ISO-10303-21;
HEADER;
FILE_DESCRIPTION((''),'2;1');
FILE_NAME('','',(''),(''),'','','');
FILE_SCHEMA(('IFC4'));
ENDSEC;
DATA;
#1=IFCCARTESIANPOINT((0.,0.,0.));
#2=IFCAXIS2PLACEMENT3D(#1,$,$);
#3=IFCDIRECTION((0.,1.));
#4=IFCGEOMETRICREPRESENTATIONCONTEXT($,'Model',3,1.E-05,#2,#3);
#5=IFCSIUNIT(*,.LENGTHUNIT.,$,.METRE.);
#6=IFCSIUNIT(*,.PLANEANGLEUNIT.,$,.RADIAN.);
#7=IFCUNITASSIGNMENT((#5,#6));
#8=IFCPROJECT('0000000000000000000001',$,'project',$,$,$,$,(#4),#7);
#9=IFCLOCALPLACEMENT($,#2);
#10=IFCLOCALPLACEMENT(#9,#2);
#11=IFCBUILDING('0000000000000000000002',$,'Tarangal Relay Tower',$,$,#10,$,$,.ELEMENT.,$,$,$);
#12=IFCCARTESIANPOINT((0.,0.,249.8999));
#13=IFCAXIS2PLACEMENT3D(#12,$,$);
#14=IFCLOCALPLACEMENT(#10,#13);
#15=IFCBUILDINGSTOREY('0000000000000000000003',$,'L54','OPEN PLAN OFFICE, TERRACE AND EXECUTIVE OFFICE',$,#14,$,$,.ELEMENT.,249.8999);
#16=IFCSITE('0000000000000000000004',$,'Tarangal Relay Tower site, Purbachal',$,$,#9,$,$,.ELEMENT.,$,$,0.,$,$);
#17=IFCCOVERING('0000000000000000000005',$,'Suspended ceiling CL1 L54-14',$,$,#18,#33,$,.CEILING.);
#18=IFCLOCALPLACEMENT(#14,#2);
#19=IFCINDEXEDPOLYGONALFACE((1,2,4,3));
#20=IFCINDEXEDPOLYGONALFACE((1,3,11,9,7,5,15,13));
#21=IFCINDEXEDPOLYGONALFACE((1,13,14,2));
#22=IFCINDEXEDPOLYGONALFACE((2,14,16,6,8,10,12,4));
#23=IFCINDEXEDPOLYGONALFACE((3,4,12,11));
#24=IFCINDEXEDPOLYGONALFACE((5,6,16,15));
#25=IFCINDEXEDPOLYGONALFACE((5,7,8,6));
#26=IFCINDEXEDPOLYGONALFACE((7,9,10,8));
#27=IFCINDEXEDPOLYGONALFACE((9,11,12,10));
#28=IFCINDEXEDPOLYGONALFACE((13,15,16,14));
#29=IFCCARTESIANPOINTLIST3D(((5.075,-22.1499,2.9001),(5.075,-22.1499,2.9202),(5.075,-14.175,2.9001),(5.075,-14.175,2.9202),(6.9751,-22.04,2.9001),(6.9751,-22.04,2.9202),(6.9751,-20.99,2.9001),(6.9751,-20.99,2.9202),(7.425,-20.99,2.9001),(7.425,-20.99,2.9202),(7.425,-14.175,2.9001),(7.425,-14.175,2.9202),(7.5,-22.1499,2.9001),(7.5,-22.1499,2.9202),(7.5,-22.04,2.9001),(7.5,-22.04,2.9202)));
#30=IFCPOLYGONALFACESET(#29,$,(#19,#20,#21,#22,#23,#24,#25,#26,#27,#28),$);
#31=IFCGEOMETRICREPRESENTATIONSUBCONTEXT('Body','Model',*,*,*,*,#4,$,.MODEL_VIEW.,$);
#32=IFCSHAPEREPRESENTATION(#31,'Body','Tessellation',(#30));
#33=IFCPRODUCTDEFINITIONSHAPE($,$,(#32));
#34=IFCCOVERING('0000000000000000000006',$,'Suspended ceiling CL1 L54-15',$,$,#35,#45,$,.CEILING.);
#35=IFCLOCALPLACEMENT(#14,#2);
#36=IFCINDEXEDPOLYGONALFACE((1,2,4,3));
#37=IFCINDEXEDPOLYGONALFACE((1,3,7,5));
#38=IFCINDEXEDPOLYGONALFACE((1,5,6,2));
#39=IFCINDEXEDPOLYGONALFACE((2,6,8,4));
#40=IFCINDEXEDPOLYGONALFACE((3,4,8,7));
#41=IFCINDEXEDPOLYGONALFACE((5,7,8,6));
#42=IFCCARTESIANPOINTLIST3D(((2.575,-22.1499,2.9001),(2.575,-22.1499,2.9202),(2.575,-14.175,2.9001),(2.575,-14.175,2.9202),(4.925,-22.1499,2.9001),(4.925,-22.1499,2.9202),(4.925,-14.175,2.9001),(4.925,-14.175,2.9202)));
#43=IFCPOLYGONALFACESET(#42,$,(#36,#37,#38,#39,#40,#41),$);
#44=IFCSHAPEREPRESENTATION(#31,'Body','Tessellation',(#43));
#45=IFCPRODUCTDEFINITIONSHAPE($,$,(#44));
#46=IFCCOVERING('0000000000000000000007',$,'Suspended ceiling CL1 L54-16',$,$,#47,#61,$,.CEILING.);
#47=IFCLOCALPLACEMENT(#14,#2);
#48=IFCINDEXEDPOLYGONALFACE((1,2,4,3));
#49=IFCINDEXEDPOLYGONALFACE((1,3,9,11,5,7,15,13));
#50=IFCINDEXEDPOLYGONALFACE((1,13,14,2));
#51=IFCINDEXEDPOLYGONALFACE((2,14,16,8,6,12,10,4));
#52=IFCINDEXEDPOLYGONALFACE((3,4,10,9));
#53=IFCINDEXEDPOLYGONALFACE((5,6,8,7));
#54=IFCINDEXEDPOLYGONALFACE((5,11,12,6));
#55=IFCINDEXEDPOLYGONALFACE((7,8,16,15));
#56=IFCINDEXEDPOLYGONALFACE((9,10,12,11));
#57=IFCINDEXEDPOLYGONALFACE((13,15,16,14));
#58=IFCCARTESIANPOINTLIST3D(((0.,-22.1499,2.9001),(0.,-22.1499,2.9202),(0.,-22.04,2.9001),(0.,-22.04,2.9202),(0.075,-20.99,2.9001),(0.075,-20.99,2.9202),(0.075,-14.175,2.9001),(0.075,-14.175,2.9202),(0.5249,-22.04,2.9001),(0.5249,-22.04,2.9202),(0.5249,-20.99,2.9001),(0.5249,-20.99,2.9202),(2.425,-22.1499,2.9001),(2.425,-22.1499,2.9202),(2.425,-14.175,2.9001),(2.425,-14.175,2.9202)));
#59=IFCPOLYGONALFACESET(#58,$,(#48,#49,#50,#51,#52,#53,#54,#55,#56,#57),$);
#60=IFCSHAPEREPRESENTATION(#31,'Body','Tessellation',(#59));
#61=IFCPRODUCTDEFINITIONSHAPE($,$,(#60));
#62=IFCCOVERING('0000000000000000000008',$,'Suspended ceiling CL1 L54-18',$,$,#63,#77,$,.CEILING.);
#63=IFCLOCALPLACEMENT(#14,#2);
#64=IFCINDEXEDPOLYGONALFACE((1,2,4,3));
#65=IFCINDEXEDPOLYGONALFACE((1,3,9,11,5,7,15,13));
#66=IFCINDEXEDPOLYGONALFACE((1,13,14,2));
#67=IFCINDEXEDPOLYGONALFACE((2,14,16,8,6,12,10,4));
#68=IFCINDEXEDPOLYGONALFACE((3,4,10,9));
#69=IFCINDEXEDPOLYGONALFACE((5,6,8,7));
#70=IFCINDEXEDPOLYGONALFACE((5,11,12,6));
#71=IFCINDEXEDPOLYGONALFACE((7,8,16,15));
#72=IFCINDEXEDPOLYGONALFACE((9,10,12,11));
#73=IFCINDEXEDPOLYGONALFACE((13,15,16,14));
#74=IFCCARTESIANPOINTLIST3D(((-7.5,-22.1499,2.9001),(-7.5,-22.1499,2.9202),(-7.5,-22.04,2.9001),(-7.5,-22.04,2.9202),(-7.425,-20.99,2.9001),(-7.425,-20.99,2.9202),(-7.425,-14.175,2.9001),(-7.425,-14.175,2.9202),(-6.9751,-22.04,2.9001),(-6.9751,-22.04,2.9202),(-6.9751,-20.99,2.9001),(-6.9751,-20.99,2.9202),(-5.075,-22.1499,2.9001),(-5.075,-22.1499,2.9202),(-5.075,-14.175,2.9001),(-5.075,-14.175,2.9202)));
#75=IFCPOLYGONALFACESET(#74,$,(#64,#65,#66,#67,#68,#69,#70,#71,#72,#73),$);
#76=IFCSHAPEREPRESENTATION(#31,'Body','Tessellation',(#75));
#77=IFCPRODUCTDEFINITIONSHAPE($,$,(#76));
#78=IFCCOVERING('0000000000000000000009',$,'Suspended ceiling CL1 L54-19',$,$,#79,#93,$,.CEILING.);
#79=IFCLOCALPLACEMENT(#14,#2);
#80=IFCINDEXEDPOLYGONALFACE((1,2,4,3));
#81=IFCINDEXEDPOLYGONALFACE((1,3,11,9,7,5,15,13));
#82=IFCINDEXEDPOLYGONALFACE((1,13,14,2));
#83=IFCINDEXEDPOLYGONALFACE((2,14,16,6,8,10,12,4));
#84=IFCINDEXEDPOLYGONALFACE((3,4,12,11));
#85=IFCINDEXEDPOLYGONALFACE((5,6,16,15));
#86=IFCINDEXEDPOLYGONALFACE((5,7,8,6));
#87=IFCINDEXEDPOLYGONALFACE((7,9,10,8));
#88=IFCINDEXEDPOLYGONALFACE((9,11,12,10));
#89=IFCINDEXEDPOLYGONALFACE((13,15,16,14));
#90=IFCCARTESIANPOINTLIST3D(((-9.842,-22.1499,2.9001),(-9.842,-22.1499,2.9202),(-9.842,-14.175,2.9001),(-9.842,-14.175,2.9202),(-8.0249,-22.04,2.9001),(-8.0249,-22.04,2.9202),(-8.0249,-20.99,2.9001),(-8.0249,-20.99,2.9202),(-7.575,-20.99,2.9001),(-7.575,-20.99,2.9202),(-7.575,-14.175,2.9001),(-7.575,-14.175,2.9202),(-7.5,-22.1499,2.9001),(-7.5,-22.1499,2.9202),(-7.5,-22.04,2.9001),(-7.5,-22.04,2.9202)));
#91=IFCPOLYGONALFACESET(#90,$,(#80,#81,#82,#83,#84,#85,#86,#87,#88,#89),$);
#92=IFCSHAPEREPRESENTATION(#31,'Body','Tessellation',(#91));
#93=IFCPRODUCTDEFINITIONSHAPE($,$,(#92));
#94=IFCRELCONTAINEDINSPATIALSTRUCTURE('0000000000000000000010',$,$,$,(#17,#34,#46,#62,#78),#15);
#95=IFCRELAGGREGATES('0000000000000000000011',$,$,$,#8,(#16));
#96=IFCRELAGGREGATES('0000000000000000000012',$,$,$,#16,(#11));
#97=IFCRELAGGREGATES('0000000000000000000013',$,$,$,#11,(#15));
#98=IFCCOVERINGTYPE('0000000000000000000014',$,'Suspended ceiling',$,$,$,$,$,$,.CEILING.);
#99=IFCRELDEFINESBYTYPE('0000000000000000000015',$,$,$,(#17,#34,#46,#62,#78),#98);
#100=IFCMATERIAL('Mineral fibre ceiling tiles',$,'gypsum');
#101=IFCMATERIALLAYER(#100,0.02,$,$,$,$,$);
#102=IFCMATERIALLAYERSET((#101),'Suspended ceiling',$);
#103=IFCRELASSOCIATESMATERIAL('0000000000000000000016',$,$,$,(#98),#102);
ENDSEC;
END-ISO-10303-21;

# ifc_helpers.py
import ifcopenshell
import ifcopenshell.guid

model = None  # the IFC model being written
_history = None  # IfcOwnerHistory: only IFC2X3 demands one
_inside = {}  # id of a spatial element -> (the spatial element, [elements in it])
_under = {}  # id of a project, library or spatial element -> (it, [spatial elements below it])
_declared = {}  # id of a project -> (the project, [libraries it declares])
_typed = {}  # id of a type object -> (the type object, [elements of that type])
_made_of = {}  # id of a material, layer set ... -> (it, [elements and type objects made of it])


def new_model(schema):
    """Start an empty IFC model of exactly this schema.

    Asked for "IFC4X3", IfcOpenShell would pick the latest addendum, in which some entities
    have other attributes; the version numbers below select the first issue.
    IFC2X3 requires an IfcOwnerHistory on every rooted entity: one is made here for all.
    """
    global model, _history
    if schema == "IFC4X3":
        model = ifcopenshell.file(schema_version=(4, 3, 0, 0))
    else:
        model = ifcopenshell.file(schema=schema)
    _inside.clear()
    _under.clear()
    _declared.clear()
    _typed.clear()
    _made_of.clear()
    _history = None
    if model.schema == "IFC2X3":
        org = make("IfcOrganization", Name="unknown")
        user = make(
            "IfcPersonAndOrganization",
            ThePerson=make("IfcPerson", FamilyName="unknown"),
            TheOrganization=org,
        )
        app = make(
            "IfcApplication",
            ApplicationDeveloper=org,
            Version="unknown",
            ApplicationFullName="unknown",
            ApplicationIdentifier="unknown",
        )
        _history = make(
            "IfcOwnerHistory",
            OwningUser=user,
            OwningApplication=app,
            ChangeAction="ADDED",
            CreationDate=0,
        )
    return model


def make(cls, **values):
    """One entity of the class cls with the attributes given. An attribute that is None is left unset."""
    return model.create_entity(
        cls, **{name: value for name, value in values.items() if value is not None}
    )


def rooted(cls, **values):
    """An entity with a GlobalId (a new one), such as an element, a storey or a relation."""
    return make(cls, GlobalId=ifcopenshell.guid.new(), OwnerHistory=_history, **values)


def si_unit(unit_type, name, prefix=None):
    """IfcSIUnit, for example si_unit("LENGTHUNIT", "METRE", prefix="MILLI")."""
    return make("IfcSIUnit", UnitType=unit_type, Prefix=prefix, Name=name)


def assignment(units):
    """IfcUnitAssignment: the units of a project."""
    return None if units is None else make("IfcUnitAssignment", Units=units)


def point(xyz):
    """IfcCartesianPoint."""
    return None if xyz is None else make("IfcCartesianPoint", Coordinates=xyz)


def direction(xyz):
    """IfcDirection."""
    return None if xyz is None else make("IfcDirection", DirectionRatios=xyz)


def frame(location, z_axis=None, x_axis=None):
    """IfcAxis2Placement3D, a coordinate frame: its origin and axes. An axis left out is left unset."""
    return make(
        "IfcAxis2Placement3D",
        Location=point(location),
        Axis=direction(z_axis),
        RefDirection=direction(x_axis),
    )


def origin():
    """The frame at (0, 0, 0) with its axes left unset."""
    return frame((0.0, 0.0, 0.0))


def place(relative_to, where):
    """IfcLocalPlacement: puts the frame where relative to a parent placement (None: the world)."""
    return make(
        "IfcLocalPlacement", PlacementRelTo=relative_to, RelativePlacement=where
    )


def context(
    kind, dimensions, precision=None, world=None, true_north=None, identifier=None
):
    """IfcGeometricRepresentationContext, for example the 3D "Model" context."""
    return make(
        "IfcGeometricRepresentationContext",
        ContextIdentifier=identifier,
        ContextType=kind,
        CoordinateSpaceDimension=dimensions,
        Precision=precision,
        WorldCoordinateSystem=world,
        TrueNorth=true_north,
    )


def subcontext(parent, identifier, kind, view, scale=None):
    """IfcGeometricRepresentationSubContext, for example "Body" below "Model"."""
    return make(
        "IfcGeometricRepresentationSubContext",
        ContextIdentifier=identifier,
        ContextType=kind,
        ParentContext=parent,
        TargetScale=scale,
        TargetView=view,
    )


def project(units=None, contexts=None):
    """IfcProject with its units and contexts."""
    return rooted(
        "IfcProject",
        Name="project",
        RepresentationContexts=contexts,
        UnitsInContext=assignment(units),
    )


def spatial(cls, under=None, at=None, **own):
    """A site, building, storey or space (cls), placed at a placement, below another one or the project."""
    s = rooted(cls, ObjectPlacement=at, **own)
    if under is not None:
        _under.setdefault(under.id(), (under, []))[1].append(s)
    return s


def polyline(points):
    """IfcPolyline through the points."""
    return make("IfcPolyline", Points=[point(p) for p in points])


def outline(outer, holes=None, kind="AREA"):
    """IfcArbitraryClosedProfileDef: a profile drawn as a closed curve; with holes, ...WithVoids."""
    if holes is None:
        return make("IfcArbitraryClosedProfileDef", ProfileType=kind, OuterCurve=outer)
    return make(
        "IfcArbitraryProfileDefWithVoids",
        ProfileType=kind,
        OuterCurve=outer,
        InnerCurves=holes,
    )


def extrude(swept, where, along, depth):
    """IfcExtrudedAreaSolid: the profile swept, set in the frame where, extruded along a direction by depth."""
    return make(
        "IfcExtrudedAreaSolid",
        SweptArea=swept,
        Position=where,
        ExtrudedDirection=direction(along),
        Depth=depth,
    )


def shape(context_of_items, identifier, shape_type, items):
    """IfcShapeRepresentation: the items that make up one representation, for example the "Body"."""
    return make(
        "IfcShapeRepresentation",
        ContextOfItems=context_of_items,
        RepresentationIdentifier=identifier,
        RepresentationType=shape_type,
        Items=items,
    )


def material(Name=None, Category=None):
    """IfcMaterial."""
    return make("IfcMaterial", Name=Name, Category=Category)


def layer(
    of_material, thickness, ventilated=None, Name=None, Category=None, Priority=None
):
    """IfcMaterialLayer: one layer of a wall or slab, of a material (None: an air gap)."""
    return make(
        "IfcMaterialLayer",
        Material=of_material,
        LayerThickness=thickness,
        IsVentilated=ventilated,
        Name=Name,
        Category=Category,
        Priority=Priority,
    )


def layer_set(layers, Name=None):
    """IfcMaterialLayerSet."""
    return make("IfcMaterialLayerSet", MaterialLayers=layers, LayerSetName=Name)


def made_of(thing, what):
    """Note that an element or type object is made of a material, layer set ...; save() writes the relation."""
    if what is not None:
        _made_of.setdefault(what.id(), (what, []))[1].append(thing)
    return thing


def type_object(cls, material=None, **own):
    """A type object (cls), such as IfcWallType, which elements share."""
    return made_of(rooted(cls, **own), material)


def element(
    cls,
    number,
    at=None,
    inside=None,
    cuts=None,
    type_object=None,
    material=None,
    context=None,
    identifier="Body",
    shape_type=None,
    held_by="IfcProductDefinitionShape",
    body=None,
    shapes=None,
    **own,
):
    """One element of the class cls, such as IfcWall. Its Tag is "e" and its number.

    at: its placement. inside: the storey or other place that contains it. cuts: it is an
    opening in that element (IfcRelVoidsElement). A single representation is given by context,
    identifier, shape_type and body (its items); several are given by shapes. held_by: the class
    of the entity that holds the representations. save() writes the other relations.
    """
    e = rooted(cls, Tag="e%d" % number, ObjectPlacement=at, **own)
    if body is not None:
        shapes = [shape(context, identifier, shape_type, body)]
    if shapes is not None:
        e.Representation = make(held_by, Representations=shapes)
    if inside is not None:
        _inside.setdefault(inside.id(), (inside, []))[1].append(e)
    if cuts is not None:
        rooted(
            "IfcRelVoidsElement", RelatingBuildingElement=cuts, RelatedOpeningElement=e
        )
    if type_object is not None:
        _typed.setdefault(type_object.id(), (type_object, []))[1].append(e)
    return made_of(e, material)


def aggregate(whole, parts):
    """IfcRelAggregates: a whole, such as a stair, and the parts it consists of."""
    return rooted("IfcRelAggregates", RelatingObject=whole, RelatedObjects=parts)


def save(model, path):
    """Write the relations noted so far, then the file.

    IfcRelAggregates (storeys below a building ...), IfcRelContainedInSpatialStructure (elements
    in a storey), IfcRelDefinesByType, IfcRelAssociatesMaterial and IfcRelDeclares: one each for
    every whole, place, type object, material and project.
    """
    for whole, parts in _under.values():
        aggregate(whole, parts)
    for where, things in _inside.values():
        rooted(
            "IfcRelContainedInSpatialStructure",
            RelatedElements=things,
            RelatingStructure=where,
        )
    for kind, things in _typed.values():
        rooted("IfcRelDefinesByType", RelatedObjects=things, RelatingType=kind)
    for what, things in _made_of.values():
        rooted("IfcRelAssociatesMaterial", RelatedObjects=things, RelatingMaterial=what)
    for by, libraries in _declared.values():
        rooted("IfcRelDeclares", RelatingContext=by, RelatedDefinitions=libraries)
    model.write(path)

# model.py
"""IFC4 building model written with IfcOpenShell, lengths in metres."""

from ifc_helpers import new_model, si_unit, direction, frame, origin, place, context, subcontext, project, spatial, polyline, outline, extrude, material, layer, layer_set, type_object, element, save


model = new_model("IFC4")

# Units and contexts
model_context = context("Model", 3, precision=1e-05, world=origin(), true_north=direction((0.0, 1.0)))
body_context = subcontext(model_context, "Body", "Model", "MODEL_VIEW")
ifc_project = project(units=[si_unit("LENGTHUNIT", "METRE"), si_unit("PLANEANGLEUNIT", "RADIAN")], contexts=[model_context])

# Site, building, storey
site_placement = place(None, origin())
site = spatial("IfcSite", under=ifc_project, at=site_placement, Name="Tarangal Relay Tower site, Purbachal", CompositionType="ELEMENT", RefElevation=0.0)
building_placement = place(site_placement, origin())
building = spatial("IfcBuilding", under=site, at=building_placement, Name="Tarangal Relay Tower", CompositionType="ELEMENT")
storey_placement = place(building_placement, frame((0.0, 0.0, 249.8999)))
storey = spatial("IfcBuildingStorey", under=building, at=storey_placement, Name="L54", Description="OPEN PLAN OFFICE, TERRACE AND EXECUTIVE OFFICE", CompositionType="ELEMENT", Elevation=249.8999)

# Coverings
ifc_material_1 = material(Name="Mineral fibre ceiling tiles", Category="gypsum")
ifc_layer_1 = layer(ifc_material_1, 0.02)
ifc_layer_set_1 = layer_set([ifc_layer_1], Name="Suspended ceiling")
covering_type_1 = type_object("IfcCoveringType", Name="Suspended ceiling", PredefinedType="CEILING", material=ifc_layer_set_1)
covering_1_placement = place(storey_placement, frame((0.0, 0.0, 2.9001)))
element("IfcCovering", 1, at=covering_1_placement, inside=storey, type_object=covering_type_1, Name="Suspended ceiling CL1 L54-14", PredefinedType="CEILING", context=body_context, shape_type="SweptSolid", body=[
    extrude(outline(polyline([(5.075, -22.1499), (7.5, -22.1499), (7.5, -22.04), (6.9751, -22.04), (6.9751, -20.99), (7.425, -20.99), (7.425, -14.175), (5.075, -14.175), (5.075, -22.1499)])), origin(), (0.0, 0.0, 1.0), 0.02),
])
covering_2_placement = place(storey_placement, frame((0.0, 0.0, 2.9001)))
element("IfcCovering", 2, at=covering_2_placement, inside=storey, type_object=covering_type_1, Name="Suspended ceiling CL1 L54-15", PredefinedType="CEILING", context=body_context, shape_type="SweptSolid", body=[
    extrude(outline(polyline([(4.925, -22.1499), (4.925, -14.175), (2.575, -14.175), (2.575, -22.1499), (4.925, -22.1499)])), origin(), (0.0, 0.0, 1.0), 0.02),
])
covering_3_placement = place(storey_placement, frame((0.0, 0.0, 2.9001)))
element("IfcCovering", 3, at=covering_3_placement, inside=storey, type_object=covering_type_1, Name="Suspended ceiling CL1 L54-16", PredefinedType="CEILING", context=body_context, shape_type="SweptSolid", body=[
    extrude(outline(polyline([(0.0, -22.1499), (2.425, -22.1499), (2.425, -14.175), (0.075, -14.175), (0.075, -20.99), (0.5249, -20.99), (0.5249, -22.04), (0.0, -22.04), (0.0, -22.1499)])), origin(), (0.0, 0.0, 1.0), 0.02),
])
covering_4_placement = place(storey_placement, frame((0.0, 0.0, 2.9001)))
element("IfcCovering", 4, at=covering_4_placement, inside=storey, type_object=covering_type_1, Name="Suspended ceiling CL1 L54-18", PredefinedType="CEILING", context=body_context, shape_type="SweptSolid", body=[
    extrude(outline(polyline([(-7.5, -22.1499), (-5.075, -22.1499), (-5.075, -14.175), (-7.425, -14.175), (-7.425, -20.99), (-6.9751, -20.99), (-6.9751, -22.04), (-7.5, -22.04), (-7.5, -22.1499)])), origin(), (0.0, 0.0, 1.0), 0.02),
])
covering_5_placement = place(storey_placement, frame((0.0, 0.0, 2.9001)))
element("IfcCovering", 5, at=covering_5_placement, inside=storey, type_object=covering_type_1, Name="Suspended ceiling CL1 L54-19", PredefinedType="CEILING", context=body_context, shape_type="SweptSolid", body=[
    extrude(outline(polyline([(-9.842, -22.1499), (-7.5, -22.1499), (-7.5, -22.04), (-8.0249, -22.04), (-8.0249, -20.99), (-7.575, -20.99), (-7.575, -14.175), (-9.842, -14.175), (-9.842, -22.1499)])), origin(), (0.0, 0.0, 1.0), 0.02),
])

save(model, "model.ifc")
